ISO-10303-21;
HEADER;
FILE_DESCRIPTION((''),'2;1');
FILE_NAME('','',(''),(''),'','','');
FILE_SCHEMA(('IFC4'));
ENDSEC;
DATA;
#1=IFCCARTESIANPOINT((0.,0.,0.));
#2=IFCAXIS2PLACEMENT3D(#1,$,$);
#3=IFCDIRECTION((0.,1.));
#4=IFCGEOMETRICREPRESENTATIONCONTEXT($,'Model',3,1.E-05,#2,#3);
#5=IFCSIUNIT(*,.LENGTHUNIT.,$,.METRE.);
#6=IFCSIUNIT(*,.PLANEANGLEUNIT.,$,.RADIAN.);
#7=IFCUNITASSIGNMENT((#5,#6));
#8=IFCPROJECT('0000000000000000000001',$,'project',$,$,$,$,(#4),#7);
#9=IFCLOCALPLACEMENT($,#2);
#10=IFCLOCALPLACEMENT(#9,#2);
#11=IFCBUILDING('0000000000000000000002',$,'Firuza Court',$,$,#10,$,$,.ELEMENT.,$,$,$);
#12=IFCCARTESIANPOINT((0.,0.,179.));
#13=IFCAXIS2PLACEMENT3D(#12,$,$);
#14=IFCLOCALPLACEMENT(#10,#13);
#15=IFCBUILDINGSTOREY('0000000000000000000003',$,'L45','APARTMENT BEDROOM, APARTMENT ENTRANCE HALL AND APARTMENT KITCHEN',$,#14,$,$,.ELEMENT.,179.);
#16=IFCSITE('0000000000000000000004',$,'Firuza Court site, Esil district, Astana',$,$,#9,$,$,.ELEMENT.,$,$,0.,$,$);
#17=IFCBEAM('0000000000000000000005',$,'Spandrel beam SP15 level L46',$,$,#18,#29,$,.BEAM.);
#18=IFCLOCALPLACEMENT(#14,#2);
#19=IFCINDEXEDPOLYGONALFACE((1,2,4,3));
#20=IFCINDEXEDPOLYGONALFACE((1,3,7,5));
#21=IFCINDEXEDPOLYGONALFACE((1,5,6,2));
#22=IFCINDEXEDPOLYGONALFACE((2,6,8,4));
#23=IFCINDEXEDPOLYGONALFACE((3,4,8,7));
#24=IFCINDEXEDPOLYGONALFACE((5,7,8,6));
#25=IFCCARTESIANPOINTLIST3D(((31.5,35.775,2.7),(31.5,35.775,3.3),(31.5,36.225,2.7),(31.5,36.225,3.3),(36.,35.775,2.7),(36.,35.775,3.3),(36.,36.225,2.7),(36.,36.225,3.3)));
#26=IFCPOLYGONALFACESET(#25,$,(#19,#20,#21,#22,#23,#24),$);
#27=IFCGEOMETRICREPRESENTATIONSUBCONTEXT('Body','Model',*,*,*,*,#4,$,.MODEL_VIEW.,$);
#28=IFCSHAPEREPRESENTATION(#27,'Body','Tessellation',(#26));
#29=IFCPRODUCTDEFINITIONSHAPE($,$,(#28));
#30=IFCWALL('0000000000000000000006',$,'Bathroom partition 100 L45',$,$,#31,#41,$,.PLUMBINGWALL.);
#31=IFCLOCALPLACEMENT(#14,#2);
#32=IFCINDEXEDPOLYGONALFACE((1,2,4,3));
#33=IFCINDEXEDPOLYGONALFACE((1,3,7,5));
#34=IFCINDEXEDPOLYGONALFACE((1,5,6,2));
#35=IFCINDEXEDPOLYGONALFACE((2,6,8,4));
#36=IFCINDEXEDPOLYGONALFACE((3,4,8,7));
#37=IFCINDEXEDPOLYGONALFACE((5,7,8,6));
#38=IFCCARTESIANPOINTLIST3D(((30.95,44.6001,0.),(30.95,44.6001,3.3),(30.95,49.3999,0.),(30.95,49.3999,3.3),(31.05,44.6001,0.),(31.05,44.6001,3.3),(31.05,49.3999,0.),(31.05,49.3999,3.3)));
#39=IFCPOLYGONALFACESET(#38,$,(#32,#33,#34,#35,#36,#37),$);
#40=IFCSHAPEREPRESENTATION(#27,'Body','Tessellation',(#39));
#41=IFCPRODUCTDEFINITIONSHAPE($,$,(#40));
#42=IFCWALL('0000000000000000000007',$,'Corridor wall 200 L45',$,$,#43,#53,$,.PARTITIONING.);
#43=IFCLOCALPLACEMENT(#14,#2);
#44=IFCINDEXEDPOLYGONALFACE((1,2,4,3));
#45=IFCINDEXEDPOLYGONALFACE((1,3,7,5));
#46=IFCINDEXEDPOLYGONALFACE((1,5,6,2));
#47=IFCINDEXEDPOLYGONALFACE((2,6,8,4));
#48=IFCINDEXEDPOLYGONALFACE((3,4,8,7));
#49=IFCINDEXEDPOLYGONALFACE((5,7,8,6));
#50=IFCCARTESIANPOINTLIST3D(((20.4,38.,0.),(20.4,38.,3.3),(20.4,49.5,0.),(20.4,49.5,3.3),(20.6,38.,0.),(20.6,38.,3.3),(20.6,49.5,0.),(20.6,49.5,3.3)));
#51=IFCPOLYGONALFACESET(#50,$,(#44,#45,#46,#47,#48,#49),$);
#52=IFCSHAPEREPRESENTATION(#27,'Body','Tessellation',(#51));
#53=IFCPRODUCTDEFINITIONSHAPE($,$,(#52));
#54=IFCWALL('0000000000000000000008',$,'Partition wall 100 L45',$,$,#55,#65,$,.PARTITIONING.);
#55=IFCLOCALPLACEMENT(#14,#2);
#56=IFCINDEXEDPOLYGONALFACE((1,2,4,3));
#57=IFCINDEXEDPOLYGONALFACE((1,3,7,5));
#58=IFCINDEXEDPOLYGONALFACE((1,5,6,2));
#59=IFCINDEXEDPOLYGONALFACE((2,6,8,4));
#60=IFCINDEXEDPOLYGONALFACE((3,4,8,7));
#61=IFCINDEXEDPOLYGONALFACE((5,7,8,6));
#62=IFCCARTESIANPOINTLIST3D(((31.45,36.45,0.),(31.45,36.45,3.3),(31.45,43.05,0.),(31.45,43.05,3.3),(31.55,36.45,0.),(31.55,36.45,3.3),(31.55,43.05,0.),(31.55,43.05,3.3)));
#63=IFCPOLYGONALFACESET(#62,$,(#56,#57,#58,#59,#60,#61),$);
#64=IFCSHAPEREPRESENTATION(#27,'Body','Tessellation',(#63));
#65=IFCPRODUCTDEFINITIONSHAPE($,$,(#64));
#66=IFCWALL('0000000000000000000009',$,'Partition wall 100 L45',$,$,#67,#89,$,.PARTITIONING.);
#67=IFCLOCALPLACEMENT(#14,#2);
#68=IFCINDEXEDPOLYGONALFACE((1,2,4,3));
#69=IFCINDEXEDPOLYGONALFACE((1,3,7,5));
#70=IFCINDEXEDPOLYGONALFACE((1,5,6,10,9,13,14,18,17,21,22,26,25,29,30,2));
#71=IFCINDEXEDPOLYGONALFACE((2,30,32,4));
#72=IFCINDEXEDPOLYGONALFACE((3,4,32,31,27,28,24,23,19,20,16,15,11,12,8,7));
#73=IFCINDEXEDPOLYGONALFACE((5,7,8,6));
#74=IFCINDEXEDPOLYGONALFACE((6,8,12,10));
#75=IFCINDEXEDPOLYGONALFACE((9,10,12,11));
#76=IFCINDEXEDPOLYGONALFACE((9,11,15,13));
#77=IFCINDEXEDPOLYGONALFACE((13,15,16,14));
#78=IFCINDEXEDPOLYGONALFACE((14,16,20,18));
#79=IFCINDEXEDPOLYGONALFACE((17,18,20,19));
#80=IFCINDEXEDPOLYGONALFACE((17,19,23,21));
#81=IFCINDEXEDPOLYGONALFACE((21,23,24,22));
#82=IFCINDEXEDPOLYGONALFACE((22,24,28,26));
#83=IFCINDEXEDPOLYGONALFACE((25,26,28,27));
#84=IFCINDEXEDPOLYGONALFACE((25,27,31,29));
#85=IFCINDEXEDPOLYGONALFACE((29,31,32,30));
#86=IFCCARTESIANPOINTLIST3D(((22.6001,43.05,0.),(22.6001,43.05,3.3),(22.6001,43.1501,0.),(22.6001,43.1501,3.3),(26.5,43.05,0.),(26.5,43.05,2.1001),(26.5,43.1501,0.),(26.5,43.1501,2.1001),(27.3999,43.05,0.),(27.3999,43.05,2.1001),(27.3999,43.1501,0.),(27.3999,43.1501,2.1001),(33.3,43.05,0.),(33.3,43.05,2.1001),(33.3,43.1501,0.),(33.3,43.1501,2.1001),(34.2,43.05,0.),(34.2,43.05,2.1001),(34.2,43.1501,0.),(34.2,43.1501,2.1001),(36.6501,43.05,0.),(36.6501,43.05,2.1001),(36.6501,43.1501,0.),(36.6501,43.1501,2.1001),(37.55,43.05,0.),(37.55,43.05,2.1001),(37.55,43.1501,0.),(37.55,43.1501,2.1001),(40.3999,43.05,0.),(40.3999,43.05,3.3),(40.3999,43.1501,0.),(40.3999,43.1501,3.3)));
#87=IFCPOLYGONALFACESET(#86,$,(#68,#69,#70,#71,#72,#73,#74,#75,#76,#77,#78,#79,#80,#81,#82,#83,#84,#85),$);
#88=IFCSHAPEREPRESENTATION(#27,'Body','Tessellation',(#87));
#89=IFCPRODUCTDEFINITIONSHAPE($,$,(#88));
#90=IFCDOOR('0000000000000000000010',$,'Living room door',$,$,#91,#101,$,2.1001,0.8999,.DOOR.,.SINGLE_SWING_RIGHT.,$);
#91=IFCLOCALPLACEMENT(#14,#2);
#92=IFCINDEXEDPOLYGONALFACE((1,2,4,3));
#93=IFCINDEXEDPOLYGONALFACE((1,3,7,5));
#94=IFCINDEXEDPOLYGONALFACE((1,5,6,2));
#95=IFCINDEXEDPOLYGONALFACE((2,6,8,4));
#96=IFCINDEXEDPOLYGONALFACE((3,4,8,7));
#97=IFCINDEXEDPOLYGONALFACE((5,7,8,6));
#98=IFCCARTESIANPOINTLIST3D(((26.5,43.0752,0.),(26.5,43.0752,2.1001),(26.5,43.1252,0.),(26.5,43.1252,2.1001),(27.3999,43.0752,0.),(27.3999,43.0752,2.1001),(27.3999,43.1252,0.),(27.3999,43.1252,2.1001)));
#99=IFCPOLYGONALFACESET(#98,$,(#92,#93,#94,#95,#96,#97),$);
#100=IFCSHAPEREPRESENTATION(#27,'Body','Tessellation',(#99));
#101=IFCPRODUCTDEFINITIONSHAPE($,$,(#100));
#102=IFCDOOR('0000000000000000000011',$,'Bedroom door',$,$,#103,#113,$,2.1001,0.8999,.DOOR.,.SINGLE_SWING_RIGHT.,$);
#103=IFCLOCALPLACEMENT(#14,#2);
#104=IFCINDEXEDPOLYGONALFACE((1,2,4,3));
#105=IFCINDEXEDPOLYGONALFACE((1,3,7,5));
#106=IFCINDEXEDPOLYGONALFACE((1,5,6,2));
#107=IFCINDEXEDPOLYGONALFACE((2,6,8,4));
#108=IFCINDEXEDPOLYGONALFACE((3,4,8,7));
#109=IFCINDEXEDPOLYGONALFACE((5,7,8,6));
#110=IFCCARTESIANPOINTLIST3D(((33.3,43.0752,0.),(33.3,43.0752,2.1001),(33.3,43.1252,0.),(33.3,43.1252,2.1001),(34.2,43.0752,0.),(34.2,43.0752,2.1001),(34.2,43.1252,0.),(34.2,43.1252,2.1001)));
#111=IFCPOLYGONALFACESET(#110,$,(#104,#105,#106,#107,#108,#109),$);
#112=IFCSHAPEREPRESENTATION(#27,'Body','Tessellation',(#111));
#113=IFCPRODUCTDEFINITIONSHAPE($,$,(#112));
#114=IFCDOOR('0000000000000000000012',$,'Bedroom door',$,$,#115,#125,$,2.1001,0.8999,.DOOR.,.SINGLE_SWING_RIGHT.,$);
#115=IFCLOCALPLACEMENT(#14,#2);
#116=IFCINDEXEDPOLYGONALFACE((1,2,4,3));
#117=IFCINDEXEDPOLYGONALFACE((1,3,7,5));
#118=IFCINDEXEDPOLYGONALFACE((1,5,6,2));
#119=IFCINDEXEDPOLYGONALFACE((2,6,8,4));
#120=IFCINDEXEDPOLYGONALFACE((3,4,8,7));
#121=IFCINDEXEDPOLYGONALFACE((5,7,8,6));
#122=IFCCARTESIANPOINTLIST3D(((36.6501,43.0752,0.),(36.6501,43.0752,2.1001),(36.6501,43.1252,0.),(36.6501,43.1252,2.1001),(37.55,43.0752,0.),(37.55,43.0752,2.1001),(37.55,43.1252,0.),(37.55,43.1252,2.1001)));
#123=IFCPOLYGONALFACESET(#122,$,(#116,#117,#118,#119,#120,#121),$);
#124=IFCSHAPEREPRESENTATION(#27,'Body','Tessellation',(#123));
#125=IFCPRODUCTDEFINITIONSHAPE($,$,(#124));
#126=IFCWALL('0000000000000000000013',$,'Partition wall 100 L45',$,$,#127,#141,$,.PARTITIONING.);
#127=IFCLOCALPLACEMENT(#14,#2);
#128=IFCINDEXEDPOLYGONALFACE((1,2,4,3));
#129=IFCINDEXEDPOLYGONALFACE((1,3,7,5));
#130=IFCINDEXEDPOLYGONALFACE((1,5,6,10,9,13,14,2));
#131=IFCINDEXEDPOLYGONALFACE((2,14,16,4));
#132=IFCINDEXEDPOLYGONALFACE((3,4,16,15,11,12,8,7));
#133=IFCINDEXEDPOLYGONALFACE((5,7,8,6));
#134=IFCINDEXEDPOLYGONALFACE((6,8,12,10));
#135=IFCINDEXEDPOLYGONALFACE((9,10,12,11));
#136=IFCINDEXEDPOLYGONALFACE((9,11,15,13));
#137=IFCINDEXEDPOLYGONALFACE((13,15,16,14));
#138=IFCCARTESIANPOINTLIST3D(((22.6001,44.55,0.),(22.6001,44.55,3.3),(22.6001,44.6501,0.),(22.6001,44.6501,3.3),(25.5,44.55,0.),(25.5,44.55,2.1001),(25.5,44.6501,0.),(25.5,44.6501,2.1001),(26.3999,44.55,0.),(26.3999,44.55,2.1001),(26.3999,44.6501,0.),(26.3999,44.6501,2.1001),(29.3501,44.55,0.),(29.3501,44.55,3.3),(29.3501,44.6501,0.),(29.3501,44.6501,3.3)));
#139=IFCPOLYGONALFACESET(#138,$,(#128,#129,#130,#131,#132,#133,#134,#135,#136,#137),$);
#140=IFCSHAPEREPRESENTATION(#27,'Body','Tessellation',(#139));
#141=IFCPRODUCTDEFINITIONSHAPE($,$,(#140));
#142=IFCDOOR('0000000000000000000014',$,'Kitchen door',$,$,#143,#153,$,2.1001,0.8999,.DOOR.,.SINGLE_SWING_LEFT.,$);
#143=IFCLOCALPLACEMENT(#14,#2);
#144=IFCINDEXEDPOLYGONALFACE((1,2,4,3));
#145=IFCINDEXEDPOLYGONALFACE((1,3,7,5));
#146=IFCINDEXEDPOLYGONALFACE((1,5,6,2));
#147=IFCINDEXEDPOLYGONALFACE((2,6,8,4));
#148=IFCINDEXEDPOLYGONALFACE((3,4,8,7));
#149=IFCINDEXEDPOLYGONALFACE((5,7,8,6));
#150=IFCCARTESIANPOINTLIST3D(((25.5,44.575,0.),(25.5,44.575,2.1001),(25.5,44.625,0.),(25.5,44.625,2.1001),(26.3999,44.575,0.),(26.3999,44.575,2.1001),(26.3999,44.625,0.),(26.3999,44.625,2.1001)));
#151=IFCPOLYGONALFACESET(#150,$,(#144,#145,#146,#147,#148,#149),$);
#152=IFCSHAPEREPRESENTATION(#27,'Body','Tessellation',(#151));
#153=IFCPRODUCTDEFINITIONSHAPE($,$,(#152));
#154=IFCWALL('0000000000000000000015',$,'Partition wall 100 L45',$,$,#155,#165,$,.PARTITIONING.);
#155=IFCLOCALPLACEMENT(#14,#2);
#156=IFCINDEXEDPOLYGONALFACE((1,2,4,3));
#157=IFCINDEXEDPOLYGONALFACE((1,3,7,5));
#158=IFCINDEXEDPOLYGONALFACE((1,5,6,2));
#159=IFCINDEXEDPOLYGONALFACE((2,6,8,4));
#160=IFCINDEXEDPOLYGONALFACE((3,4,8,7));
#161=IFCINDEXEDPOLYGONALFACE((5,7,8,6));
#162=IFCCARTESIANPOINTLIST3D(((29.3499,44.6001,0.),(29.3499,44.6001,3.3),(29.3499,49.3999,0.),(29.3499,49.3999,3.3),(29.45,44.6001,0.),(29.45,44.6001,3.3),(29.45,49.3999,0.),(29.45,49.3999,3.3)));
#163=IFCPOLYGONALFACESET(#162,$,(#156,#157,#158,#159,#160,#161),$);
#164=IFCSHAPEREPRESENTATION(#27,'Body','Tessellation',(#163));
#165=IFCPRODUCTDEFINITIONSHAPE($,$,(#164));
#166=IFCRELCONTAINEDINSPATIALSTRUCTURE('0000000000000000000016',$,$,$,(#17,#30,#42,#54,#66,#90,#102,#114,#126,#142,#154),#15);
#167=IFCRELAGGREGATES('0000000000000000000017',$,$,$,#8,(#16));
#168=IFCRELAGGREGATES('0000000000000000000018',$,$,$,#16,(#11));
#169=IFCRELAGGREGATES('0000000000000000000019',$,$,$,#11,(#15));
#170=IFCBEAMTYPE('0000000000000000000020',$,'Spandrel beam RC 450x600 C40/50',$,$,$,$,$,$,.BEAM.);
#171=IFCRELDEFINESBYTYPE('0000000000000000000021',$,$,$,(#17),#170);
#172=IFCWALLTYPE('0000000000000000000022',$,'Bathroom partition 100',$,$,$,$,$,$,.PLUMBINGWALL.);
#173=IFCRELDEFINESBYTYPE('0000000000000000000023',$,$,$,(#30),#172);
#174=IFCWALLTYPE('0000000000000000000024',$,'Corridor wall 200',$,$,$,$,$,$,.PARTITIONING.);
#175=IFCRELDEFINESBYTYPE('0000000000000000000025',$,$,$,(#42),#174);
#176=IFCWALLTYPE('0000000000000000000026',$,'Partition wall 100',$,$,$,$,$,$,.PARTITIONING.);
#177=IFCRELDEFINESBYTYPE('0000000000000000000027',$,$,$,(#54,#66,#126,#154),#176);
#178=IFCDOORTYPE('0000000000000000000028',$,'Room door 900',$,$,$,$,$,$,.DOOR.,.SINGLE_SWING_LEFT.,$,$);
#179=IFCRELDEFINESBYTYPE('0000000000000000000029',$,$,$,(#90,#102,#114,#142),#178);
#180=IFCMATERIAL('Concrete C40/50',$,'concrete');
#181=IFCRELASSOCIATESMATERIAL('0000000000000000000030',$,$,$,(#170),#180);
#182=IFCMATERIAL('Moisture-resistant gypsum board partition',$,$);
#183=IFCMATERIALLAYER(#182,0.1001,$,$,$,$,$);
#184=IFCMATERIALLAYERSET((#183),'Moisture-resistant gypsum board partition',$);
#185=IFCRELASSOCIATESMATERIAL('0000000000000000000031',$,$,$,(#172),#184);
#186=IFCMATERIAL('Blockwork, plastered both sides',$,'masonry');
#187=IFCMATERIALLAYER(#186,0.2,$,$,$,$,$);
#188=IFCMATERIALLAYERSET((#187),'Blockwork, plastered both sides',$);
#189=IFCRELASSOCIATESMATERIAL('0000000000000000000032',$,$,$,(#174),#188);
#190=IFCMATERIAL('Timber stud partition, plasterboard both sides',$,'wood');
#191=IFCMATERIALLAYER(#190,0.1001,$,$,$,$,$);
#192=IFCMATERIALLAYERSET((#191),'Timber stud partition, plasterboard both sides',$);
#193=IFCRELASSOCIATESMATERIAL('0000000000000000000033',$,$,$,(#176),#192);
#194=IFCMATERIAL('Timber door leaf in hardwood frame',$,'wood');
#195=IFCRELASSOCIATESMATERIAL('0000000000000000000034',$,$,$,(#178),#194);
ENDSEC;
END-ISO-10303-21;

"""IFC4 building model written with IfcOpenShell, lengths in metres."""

from ifc_helpers import new_model, si_unit, direction, frame, frame_2d, origin, origin_2d, place, context, subcontext, project, spatial, rectangle, extrude, material, layer, layer_set, material_profile, profile_set, type_object, element, fill, save


model = new_model("IFC4")

# Units and contexts
model_context = context("Model", 3, precision=1e-05, world=origin(), true_north=direction((0.0, 1.0)))
body_context = subcontext(model_context, "Body", "Model", "MODEL_VIEW")
ifc_project = project(units=[si_unit("LENGTHUNIT", "METRE"), si_unit("PLANEANGLEUNIT", "RADIAN")], contexts=[model_context])

# Site, building, storey
site_placement = place(None, origin())
site = spatial("IfcSite", under=ifc_project, at=site_placement, Name="Firuza Court site, Esil district, Astana", CompositionType="ELEMENT", RefElevation=0.0)
building_placement = place(site_placement, origin())
building = spatial("IfcBuilding", under=site, at=building_placement, Name="Firuza Court", CompositionType="ELEMENT")
storey_placement = place(building_placement, frame((0.0, 0.0, 179.0)))
storey = spatial("IfcBuildingStorey", under=building, at=storey_placement, Name="L45", Description="APARTMENT BEDROOM, APARTMENT ENTRANCE HALL AND APARTMENT KITCHEN", CompositionType="ELEMENT", Elevation=179.0)

# Beam
ifc_material_1 = material(Name="Concrete C40/50", Category="concrete")
ifc_material_profile = material_profile(ifc_material_1, rectangle(XDim=0.45, YDim=0.6001, at=origin_2d()), Name="RC 450x600")
ifc_profile_set = profile_set([ifc_material_profile], Name="Concrete C40/50")
beam_type = type_object("IfcBeamType", Name="Spandrel beam RC 450x600 C40/50", PredefinedType="BEAM", material=ifc_profile_set)
beam_placement = place(storey_placement, frame((31.5, 36.0, 3.0), z_axis=(1.0, 0.0, 0.0), x_axis=(0.0, 1.0, 0.0)))
element("IfcBeam", 1, at=beam_placement, inside=storey, type_object=beam_type, Name="Spandrel beam SP15 level L46", PredefinedType="BEAM", context=body_context, shape_type="SweptSolid", body=[
    extrude(rectangle(XDim=0.45, YDim=0.6001, at=origin_2d()), origin(), (0.0, 0.0, 1.0), 4.5),
])

# Walls
ifc_material_2 = material(Name="Moisture-resistant gypsum board partition")
ifc_layer_1 = layer(ifc_material_2, 0.1001)
ifc_layer_set_1 = layer_set([ifc_layer_1], Name="Moisture-resistant gypsum board partition")
wall_type_1 = type_object("IfcWallType", Name="Bathroom partition 100", PredefinedType="PLUMBINGWALL", material=ifc_layer_set_1)
wall_1_placement = place(storey_placement, frame((31.0, 44.6001, 0.0), z_axis=(0.0, 0.0, 1.0), x_axis=(0.0, 1.0, 0.0)))
element("IfcWall", 2, at=wall_1_placement, inside=storey, type_object=wall_type_1, Name="Bathroom partition 100 L45", PredefinedType="PLUMBINGWALL", context=body_context, shape_type="SweptSolid", body=[
    extrude(rectangle(XDim=4.7998, YDim=0.1001, at=frame_2d((2.3999, 0.0))), origin(), (0.0, 0.0, 1.0), 3.3),
])
ifc_material_3 = material(Name="Blockwork, plastered both sides", Category="masonry")
ifc_layer_2 = layer(ifc_material_3, 0.2)
ifc_layer_set_2 = layer_set([ifc_layer_2], Name="Blockwork, plastered both sides")
wall_type_2 = type_object("IfcWallType", Name="Corridor wall 200", PredefinedType="PARTITIONING", material=ifc_layer_set_2)
wall_2_placement = place(storey_placement, frame((20.5, 38.0, 0.0), z_axis=(0.0, 0.0, 1.0), x_axis=(0.0, 1.0, 0.0)))
element("IfcWall", 3, at=wall_2_placement, inside=storey, type_object=wall_type_2, Name="Corridor wall 200 L45", PredefinedType="PARTITIONING", context=body_context, shape_type="SweptSolid", body=[
    extrude(rectangle(XDim=11.5, YDim=0.2, at=frame_2d((5.75, 0.0))), origin(), (0.0, 0.0, 1.0), 3.3),
])
ifc_material_4 = material(Name="Timber stud partition, plasterboard both sides", Category="wood")
ifc_layer_3 = layer(ifc_material_4, 0.1001)
ifc_layer_set_3 = layer_set([ifc_layer_3], Name="Timber stud partition, plasterboard both sides")
wall_type_3 = type_object("IfcWallType", Name="Partition wall 100", PredefinedType="PARTITIONING", material=ifc_layer_set_3)
wall_3_placement = place(storey_placement, frame((31.5, 36.45, 0.0), z_axis=(0.0, 0.0, 1.0), x_axis=(0.0, 1.0, 0.0)))
element("IfcWall", 4, at=wall_3_placement, inside=storey, type_object=wall_type_3, Name="Partition wall 100 L45", PredefinedType="PARTITIONING", context=body_context, shape_type="SweptSolid", body=[
    extrude(rectangle(XDim=6.6001, YDim=0.1001, at=frame_2d((3.3, 0.0))), origin(), (0.0, 0.0, 1.0), 3.3),
])

# Wall, openings, doors
wall_4_placement = place(storey_placement, frame((22.6001, 43.1001, 0.0), z_axis=(0.0, 0.0, 1.0), x_axis=(1.0, 0.0, 0.0)))
wall_4 = element("IfcWall", 5, at=wall_4_placement, inside=storey, type_object=wall_type_3, Name="Partition wall 100 L45", PredefinedType="PARTITIONING", context=body_context, shape_type="SweptSolid", body=[
    extrude(rectangle(XDim=17.7998, YDim=0.1001, at=frame_2d((8.8999, 0.0))), origin(), (0.0, 0.0, 1.0), 3.3),
])
opening_1_placement = place(wall_4_placement, frame((3.8999, 0.0, 0.0)))
opening_1 = element("IfcOpeningElement", 6, at=opening_1_placement, cuts=wall_4, PredefinedType="OPENING", context=body_context, shape_type="SweptSolid", body=[
    extrude(rectangle(XDim=0.8999, YDim=2.1001, at=frame_2d((0.45, 1.05))), frame((0.0, 0.062, 0.0), z_axis=(0.0, -1.0, 0.0), x_axis=(1.0, 0.0, 0.0)), (0.0, 0.0, 1.0), 0.124),
])
opening_2_placement = place(wall_4_placement, frame((10.7, 0.0, 0.0)))
opening_2 = element("IfcOpeningElement", 7, at=opening_2_placement, cuts=wall_4, PredefinedType="OPENING", context=body_context, shape_type="SweptSolid", body=[
    extrude(rectangle(XDim=0.8999, YDim=2.1001, at=frame_2d((0.45, 1.05))), frame((0.0, 0.062, 0.0), z_axis=(0.0, -1.0, 0.0), x_axis=(1.0, 0.0, 0.0)), (0.0, 0.0, 1.0), 0.124),
])
opening_3_placement = place(wall_4_placement, frame((14.05, 0.0, 0.0)))
opening_3 = element("IfcOpeningElement", 8, at=opening_3_placement, cuts=wall_4, PredefinedType="OPENING", context=body_context, shape_type="SweptSolid", body=[
    extrude(rectangle(XDim=0.8999, YDim=2.1001, at=frame_2d((0.45, 1.05))), frame((0.0, 0.062, 0.0), z_axis=(0.0, -1.0, 0.0), x_axis=(1.0, 0.0, 0.0)), (0.0, 0.0, 1.0), 0.124),
])
ifc_material_5 = material(Name="Timber door leaf in hardwood frame", Category="wood")
door_type_1 = type_object("IfcDoorType", Name="Room door 900", OperationType="SINGLE_SWING_LEFT", PredefinedType="DOOR", material=ifc_material_5)
door_1_placement = place(opening_1_placement, frame((0.8999, 0.0, 0.0), z_axis=(0.0, 0.0, 1.0), x_axis=(-1.0, 0.0, 0.0)))
door_1 = element("IfcDoor", 9, at=door_1_placement, inside=storey, type_object=door_type_1, Name="Living room door", OperationType="SINGLE_SWING_RIGHT", OverallHeight=2.1001, OverallWidth=0.8999, PredefinedType="DOOR", context=body_context, shape_type="SweptSolid", body=[
    extrude(rectangle(XDim=0.8999, YDim=2.1001, at=frame_2d((0.45, 1.05))), frame((0.0, 0.0249, 0.0), z_axis=(0.0, -1.0, 0.0), x_axis=(1.0, 0.0, 0.0)), (0.0, 0.0, 1.0), 0.05),
])
fill(opening_1, door_1)
door_2_placement = place(opening_2_placement, frame((0.8999, 0.0, 0.0), z_axis=(0.0, 0.0, 1.0), x_axis=(-1.0, 0.0, 0.0)))
door_2 = element("IfcDoor", 10, at=door_2_placement, inside=storey, type_object=door_type_1, Name="Bedroom door", OperationType="SINGLE_SWING_RIGHT", OverallHeight=2.1001, OverallWidth=0.8999, PredefinedType="DOOR", context=body_context, shape_type="SweptSolid", body=[
    extrude(rectangle(XDim=0.8999, YDim=2.1001, at=frame_2d((0.45, 1.05))), frame((0.0, 0.0249, 0.0), z_axis=(0.0, -1.0, 0.0), x_axis=(1.0, 0.0, 0.0)), (0.0, 0.0, 1.0), 0.05),
])
fill(opening_2, door_2)
door_3_placement = place(opening_3_placement, frame((0.8999, 0.0, 0.0), z_axis=(0.0, 0.0, 1.0), x_axis=(-1.0, 0.0, 0.0)))
door_3 = element("IfcDoor", 11, at=door_3_placement, inside=storey, type_object=door_type_1, Name="Bedroom door", OperationType="SINGLE_SWING_RIGHT", OverallHeight=2.1001, OverallWidth=0.8999, PredefinedType="DOOR", context=body_context, shape_type="SweptSolid", body=[
    extrude(rectangle(XDim=0.8999, YDim=2.1001, at=frame_2d((0.45, 1.05))), frame((0.0, 0.0249, 0.0), z_axis=(0.0, -1.0, 0.0), x_axis=(1.0, 0.0, 0.0)), (0.0, 0.0, 1.0), 0.05),
])
fill(opening_3, door_3)

# Wall, opening, door
wall_5_placement = place(storey_placement, frame((22.6001, 44.6001, 0.0), z_axis=(0.0, 0.0, 1.0), x_axis=(1.0, 0.0, 0.0)))
wall_5 = element("IfcWall", 12, at=wall_5_placement, inside=storey, type_object=wall_type_3, Name="Partition wall 100 L45", PredefinedType="PARTITIONING", context=body_context, shape_type="SweptSolid", body=[
    extrude(rectangle(XDim=6.75, YDim=0.1001, at=frame_2d((3.375, 0.0))), origin(), (0.0, 0.0, 1.0), 3.3),
])
opening_4_placement = place(wall_5_placement, frame((2.8999, 0.0, 0.0)))
opening_4 = element("IfcOpeningElement", 13, at=opening_4_placement, cuts=wall_5, PredefinedType="OPENING", context=body_context, shape_type="SweptSolid", body=[
    extrude(rectangle(XDim=0.8999, YDim=2.1001, at=frame_2d((0.45, 1.05))), frame((0.0, 0.062, 0.0), z_axis=(0.0, -1.0, 0.0), x_axis=(1.0, 0.0, 0.0)), (0.0, 0.0, 1.0), 0.124),
])
door_4_placement = place(opening_4_placement, origin())
door_4 = element("IfcDoor", 14, at=door_4_placement, inside=storey, type_object=door_type_1, Name="Kitchen door", OperationType="SINGLE_SWING_LEFT", OverallHeight=2.1001, OverallWidth=0.8999, PredefinedType="DOOR", context=body_context, shape_type="SweptSolid", body=[
    extrude(rectangle(XDim=0.8999, YDim=2.1001, at=frame_2d((0.45, 1.05))), frame((0.0, 0.0249, 0.0), z_axis=(0.0, -1.0, 0.0), x_axis=(1.0, 0.0, 0.0)), (0.0, 0.0, 1.0), 0.05),
])
fill(opening_4, door_4)

# Wall
wall_6_placement = place(storey_placement, frame((29.3999, 44.6001, 0.0), z_axis=(0.0, 0.0, 1.0), x_axis=(0.0, 1.0, 0.0)))
element("IfcWall", 15, at=wall_6_placement, inside=storey, type_object=wall_type_3, Name="Partition wall 100 L45", PredefinedType="PARTITIONING", context=body_context, shape_type="SweptSolid", body=[
    extrude(rectangle(XDim=4.7998, YDim=0.1001, at=frame_2d((2.3999, 0.0))), origin(), (0.0, 0.0, 1.0), 3.3),
])

save(model, "model.ifc")
